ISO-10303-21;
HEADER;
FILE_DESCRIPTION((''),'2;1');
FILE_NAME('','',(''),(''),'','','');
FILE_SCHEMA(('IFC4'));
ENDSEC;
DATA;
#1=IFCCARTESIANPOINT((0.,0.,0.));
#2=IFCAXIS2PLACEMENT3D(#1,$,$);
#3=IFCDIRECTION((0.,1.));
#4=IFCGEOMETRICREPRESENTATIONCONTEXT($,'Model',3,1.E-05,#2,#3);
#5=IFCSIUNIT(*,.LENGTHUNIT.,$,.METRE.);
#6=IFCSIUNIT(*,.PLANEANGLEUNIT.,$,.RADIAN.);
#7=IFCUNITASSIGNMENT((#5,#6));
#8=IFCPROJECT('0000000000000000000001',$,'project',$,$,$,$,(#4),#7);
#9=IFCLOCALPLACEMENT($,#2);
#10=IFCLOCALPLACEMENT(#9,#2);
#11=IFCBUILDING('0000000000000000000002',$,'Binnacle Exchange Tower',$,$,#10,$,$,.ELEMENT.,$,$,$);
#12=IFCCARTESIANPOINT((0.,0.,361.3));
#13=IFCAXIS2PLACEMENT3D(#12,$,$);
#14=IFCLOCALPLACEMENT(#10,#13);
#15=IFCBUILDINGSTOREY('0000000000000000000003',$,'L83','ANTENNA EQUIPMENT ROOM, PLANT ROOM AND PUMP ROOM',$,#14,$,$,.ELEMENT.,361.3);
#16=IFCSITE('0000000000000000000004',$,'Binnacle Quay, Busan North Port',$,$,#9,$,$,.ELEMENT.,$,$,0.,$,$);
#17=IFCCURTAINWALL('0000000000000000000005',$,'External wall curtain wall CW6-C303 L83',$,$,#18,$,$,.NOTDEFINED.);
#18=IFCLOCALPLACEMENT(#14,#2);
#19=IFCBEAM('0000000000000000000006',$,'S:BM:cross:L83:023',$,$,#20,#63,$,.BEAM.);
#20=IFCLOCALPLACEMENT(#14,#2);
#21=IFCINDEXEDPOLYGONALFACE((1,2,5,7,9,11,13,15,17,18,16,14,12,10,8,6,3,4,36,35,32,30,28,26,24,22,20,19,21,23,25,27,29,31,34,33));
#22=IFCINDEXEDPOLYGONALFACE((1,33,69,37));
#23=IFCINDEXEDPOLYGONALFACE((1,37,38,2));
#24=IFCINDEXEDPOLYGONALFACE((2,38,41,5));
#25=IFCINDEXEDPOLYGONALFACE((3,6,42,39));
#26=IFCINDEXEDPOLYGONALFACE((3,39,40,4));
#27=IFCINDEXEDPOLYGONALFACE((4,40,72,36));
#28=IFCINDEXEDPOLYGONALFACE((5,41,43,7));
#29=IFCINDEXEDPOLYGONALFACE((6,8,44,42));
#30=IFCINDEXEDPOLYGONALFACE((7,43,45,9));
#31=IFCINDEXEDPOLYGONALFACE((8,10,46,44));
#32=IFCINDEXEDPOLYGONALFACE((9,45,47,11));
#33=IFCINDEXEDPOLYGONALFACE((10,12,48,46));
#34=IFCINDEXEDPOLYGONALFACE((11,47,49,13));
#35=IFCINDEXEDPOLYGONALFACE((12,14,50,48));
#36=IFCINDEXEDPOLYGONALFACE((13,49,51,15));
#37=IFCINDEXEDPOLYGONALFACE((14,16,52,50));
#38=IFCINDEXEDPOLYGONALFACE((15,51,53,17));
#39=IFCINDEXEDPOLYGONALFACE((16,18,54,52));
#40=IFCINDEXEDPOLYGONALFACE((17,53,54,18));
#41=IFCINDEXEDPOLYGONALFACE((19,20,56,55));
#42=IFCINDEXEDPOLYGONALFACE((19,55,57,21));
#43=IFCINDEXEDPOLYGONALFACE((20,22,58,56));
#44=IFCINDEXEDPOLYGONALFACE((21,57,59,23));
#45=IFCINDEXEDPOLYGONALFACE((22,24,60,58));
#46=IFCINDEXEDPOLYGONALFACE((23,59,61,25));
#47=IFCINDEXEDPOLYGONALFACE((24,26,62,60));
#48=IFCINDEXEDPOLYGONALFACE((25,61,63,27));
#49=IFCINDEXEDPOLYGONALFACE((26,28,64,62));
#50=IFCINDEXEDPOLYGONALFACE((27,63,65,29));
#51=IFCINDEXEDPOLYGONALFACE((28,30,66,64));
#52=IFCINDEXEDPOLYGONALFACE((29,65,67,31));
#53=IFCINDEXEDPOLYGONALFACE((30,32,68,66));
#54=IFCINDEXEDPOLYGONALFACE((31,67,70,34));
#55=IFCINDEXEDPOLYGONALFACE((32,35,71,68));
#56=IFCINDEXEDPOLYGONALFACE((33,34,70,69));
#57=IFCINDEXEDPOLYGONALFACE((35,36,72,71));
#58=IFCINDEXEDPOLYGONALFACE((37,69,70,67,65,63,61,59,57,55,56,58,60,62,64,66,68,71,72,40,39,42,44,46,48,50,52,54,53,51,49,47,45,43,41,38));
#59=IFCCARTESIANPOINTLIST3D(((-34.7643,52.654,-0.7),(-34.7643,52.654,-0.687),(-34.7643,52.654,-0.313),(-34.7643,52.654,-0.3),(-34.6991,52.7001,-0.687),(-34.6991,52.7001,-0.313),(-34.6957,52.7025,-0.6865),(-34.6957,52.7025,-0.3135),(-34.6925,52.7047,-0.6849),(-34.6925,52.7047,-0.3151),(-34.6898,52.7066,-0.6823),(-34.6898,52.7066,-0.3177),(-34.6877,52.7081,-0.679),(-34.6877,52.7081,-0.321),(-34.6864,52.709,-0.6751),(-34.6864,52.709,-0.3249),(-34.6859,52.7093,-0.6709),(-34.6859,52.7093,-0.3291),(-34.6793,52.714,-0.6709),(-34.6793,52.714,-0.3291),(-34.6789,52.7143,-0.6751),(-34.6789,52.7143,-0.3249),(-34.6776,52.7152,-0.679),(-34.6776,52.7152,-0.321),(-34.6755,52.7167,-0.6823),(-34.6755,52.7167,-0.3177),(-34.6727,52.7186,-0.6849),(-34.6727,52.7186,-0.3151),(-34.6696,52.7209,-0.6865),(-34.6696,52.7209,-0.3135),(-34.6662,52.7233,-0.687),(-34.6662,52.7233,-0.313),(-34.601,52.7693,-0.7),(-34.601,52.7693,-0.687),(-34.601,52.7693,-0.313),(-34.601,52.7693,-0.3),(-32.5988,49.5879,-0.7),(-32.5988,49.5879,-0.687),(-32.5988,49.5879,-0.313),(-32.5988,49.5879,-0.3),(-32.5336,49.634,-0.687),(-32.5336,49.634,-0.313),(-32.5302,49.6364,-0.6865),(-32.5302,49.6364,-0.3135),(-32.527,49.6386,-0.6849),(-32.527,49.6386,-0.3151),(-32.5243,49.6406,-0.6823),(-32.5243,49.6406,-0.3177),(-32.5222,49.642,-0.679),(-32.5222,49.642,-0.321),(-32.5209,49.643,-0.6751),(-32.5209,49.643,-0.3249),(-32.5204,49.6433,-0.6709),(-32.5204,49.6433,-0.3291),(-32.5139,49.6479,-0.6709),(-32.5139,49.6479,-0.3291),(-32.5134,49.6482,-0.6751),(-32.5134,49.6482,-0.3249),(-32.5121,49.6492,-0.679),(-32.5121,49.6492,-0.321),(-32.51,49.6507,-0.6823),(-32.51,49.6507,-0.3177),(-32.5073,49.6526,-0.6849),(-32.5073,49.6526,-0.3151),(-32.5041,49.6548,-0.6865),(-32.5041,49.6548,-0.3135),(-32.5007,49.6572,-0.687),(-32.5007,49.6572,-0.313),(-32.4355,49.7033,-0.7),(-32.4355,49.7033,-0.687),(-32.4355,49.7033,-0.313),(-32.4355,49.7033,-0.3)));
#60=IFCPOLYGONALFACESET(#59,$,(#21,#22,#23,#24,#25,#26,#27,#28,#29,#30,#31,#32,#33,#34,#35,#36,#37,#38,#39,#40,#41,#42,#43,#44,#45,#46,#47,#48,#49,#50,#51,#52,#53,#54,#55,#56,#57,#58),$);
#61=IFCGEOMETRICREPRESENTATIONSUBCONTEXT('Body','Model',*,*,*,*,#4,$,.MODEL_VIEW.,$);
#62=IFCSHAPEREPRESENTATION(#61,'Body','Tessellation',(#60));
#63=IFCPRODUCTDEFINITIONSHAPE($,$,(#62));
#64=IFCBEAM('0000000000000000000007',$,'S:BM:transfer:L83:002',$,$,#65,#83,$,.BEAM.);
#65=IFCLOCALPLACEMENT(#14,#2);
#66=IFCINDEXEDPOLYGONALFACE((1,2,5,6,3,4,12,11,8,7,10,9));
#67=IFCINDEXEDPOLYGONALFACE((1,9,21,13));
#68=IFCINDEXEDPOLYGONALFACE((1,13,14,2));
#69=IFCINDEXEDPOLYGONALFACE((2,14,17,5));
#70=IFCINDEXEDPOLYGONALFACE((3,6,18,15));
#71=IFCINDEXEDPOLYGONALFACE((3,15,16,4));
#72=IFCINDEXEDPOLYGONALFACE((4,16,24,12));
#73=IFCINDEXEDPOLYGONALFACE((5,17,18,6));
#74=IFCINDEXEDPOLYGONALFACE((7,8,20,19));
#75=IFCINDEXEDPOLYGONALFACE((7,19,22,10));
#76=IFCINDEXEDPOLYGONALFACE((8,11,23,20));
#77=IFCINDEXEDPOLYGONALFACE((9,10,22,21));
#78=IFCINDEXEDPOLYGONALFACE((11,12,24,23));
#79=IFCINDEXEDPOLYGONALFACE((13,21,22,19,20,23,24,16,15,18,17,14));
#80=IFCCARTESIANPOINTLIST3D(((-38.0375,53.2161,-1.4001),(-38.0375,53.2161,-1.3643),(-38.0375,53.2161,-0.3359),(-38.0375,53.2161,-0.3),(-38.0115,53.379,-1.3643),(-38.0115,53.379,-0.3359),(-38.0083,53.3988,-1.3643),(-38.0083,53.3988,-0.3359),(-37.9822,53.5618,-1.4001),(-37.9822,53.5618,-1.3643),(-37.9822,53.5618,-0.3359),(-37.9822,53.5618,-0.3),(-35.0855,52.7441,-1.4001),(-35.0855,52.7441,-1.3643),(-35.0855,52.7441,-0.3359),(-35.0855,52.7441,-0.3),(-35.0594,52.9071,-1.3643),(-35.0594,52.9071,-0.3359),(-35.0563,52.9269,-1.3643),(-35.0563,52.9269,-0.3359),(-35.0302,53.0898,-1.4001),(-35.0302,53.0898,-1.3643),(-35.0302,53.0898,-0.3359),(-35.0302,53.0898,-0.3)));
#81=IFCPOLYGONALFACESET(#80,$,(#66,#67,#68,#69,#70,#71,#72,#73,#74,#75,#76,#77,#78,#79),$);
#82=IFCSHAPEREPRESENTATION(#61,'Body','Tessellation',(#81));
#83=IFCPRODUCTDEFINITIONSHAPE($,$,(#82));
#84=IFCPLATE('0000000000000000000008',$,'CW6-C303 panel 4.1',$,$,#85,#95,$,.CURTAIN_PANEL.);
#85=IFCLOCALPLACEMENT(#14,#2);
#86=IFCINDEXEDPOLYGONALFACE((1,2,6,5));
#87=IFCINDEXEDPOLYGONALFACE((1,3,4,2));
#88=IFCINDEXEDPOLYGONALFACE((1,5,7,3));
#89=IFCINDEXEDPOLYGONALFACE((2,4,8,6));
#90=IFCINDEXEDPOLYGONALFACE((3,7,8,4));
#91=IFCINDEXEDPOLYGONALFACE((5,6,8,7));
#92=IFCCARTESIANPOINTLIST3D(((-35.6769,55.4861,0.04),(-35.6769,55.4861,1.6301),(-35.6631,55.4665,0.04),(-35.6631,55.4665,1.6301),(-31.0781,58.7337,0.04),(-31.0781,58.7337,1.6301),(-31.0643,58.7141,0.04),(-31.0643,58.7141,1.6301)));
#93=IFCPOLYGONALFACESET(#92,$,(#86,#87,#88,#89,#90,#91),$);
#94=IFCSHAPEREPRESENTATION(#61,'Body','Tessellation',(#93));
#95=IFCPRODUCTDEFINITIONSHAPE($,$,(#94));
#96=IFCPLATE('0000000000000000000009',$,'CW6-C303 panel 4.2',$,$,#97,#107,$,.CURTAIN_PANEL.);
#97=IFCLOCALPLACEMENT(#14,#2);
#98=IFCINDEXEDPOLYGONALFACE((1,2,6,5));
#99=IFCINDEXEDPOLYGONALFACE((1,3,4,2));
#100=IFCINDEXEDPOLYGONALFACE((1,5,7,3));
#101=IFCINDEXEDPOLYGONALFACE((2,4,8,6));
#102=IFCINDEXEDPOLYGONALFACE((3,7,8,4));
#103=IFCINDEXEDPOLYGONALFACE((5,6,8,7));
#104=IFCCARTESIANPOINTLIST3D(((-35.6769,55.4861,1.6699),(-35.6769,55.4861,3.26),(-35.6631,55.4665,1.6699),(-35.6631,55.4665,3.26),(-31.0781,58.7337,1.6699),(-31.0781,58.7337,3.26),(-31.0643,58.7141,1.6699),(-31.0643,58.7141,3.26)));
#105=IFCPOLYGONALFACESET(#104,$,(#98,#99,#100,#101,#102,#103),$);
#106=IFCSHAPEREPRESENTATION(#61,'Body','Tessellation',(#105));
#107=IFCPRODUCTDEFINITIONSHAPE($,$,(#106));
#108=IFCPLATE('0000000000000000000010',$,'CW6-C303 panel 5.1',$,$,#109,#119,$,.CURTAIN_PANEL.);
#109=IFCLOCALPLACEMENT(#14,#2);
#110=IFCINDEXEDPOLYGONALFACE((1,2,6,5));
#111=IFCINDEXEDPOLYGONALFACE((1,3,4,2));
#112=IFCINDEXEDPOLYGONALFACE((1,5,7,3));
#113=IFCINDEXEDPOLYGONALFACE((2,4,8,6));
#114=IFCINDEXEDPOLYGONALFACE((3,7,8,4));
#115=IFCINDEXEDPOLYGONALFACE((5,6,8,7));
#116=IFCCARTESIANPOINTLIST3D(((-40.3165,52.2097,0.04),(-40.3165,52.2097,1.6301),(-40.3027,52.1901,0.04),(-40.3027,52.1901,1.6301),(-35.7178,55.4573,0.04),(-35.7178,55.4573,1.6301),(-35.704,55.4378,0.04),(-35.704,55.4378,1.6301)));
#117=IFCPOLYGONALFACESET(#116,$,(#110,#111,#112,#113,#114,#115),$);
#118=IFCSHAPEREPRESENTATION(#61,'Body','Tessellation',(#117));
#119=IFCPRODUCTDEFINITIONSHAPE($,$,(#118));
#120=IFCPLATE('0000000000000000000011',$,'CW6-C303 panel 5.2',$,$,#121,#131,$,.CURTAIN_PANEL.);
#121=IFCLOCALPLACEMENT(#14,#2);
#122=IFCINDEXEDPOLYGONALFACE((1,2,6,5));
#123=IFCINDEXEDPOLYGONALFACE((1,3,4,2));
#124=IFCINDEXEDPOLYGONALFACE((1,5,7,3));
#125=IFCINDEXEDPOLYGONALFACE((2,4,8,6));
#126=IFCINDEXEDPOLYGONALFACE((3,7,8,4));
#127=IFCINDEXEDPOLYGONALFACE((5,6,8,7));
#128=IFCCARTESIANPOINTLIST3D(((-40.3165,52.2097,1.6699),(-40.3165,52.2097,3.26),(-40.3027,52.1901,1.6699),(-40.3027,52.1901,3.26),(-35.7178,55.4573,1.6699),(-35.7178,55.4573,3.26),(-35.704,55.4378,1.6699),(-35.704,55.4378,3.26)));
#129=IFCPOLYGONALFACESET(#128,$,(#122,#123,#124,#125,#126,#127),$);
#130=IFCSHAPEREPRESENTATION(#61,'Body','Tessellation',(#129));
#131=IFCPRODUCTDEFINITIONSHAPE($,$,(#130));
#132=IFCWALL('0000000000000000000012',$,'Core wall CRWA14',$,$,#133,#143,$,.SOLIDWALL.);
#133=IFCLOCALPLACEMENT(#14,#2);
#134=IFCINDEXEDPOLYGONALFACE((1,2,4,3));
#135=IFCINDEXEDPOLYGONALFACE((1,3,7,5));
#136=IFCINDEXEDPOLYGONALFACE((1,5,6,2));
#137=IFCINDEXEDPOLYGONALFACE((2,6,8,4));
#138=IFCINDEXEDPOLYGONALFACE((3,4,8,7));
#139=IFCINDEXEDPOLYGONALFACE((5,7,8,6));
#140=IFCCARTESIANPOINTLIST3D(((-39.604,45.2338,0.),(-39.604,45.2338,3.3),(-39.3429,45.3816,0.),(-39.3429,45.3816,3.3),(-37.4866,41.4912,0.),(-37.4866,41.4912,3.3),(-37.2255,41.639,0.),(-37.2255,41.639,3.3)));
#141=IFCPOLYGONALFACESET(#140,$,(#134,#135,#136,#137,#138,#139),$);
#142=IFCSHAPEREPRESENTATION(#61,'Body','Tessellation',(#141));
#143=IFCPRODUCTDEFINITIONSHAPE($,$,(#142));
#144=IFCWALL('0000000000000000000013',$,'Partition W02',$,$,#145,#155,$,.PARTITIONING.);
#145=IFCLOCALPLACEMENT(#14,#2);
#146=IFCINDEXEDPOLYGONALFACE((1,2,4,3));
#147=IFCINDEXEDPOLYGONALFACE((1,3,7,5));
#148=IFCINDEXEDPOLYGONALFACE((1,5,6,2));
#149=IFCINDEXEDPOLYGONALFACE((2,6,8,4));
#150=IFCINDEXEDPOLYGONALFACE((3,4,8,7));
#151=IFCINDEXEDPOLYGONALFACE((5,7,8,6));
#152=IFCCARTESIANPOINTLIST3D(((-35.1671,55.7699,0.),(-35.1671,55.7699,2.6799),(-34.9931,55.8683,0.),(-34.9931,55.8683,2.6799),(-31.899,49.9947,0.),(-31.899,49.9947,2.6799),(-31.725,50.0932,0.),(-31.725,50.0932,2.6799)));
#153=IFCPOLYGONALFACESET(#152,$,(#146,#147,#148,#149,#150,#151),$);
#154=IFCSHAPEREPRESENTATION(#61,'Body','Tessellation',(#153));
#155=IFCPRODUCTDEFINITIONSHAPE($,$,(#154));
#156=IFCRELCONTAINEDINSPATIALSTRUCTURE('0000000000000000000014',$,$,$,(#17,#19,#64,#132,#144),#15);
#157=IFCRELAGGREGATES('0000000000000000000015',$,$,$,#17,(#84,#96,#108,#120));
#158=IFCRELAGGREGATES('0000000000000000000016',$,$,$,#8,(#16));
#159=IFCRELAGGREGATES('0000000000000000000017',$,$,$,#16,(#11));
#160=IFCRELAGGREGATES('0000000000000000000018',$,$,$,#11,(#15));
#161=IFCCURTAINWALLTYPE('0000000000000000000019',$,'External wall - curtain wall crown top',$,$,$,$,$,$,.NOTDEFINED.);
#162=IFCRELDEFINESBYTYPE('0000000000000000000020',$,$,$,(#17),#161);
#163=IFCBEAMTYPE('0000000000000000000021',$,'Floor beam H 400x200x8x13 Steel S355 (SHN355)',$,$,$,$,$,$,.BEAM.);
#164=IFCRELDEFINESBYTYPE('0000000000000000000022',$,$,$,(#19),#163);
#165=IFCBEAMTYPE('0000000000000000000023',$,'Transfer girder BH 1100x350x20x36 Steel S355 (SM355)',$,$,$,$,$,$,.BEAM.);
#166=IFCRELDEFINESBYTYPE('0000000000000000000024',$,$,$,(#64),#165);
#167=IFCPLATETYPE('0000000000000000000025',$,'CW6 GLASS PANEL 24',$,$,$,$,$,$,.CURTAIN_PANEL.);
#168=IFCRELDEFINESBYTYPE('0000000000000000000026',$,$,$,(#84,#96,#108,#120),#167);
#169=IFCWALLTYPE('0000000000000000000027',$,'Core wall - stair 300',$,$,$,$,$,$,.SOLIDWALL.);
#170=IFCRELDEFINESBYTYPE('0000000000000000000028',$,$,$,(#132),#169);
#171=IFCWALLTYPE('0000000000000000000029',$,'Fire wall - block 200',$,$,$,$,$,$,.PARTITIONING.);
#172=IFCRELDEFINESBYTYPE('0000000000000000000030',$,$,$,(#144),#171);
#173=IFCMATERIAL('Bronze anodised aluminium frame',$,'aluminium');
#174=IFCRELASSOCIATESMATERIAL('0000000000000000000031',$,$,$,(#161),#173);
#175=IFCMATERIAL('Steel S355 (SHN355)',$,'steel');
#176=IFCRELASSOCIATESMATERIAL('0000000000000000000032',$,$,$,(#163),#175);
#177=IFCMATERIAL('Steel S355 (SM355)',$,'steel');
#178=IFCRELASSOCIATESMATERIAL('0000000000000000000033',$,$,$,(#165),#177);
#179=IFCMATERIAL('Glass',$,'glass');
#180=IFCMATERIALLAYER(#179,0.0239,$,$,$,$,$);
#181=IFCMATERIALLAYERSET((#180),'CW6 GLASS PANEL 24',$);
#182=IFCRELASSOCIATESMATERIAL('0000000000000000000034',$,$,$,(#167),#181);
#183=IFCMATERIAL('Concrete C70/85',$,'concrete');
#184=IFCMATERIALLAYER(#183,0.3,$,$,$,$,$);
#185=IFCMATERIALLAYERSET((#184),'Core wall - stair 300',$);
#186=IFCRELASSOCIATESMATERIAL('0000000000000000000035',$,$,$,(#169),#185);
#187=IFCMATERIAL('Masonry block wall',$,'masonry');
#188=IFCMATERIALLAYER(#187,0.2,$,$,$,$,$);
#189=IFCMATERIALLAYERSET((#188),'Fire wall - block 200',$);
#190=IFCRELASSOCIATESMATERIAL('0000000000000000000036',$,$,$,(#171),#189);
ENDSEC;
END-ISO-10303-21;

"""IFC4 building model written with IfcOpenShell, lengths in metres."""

from ifc_helpers import new_model, si_unit, direction, frame, frame_2d, origin, origin_2d, place, context, subcontext, project, spatial, rectangle, i_section, extrude, material, layer, layer_set, material_profile, profile_set, type_object, element, aggregate, save


model = new_model("IFC4")

# Units and contexts
model_context = context("Model", 3, precision=1e-05, world=origin(), true_north=direction((0.0, 1.0)))
body_context = subcontext(model_context, "Body", "Model", "MODEL_VIEW")
ifc_project = project(units=[si_unit("LENGTHUNIT", "METRE"), si_unit("PLANEANGLEUNIT", "RADIAN")], contexts=[model_context])

# Site, building, storey
site_placement = place(None, origin())
site = spatial("IfcSite", under=ifc_project, at=site_placement, Name="Binnacle Quay, Busan North Port", CompositionType="ELEMENT", RefElevation=0.0)
building_placement = place(site_placement, origin())
building = spatial("IfcBuilding", under=site, at=building_placement, Name="Binnacle Exchange Tower", CompositionType="ELEMENT")
storey_placement = place(building_placement, frame((0.0, 0.0, 361.3)))
storey = spatial("IfcBuildingStorey", under=building, at=storey_placement, Name="L83", Description="ANTENNA EQUIPMENT ROOM, PLANT ROOM AND PUMP ROOM", CompositionType="ELEMENT", Elevation=361.3)

# Shared definitions
ifc_material_1 = material(Name="Steel S355 (SHN355)", Category="steel")

# Curtain wall
ifc_material_2 = material(Name="Bronze anodised aluminium frame", Category="aluminium")
curtain_wall_type = type_object("IfcCurtainWallType", Name="External wall - curtain wall crown top", PredefinedType="NOTDEFINED", material=ifc_material_2)
curtain_wall_placement = place(storey_placement, origin())
curtain_wall = element("IfcCurtainWall", 1, at=curtain_wall_placement, inside=storey, type_object=curtain_wall_type, Name="External wall curtain wall CW6-C303 L83", PredefinedType="NOTDEFINED")

# Beams
ifc_material_profile_1 = material_profile(ifc_material_1, i_section(OverallWidth=0.2, OverallDepth=0.3999, WebThickness=0.0081, FlangeThickness=0.0129, FilletRadius=0.0161, at=origin_2d()), Name="H 400x200x8x13")
ifc_profile_set_1 = profile_set([ifc_material_profile_1], Name="Steel S355 (SHN355)")
beam_type_1 = type_object("IfcBeamType", Name="Floor beam H 400x200x8x13 Steel S355 (SHN355)", PredefinedType="BEAM", material=ifc_profile_set_1)
beam_1_placement = place(storey_placement, frame((-34.6826, 52.7117, -0.5), z_axis=(0.576893, -0.81682, 0.0), x_axis=(0.81682, 0.576893, 0.0)))
element("IfcBeam", 2, at=beam_1_placement, inside=storey, type_object=beam_type_1, Name="S:BM:cross:L83:023", PredefinedType="BEAM", context=body_context, shape_type="SweptSolid", body=[
    extrude(i_section(OverallWidth=0.2, OverallDepth=0.3999, WebThickness=0.0081, FlangeThickness=0.0129, FilletRadius=0.0161, at=origin_2d()), origin(), (0.0, 0.0, 1.0), 3.7537),
])
ifc_material_3 = material(Name="Steel S355 (SM355)", Category="steel")
ifc_material_profile_2 = material_profile(ifc_material_3, i_section(OverallWidth=0.3501, OverallDepth=1.1001, WebThickness=0.02, FlangeThickness=0.0359, at=origin_2d()), Name="BH 1100x350x20x36")
ifc_profile_set_2 = profile_set([ifc_material_profile_2], Name="Steel S355 (SM355)")
beam_type_2 = type_object("IfcBeamType", Name="Transfer girder BH 1100x350x20x36 Steel S355 (SM355)", PredefinedType="BEAM", material=ifc_profile_set_2)
beam_2_placement = place(storey_placement, frame((-35.0579, 52.917, -0.8501), z_axis=(-0.98746, 0.157866, 0.0), x_axis=(-0.157866, -0.98746, 0.0)))
element("IfcBeam", 3, at=beam_2_placement, inside=storey, type_object=beam_type_2, Name="S:BM:transfer:L83:002", PredefinedType="BEAM", context=body_context, shape_type="SweptSolid", body=[
    extrude(i_section(OverallWidth=0.3501, OverallDepth=1.1001, WebThickness=0.02, FlangeThickness=0.0359, at=origin_2d()), origin(), (0.0, 0.0, 1.0), 2.9895),
])

# Plates
ifc_material_4 = material(Name="Glass", Category="glass")
ifc_layer_1 = layer(ifc_material_4, 0.0239)
ifc_layer_set_1 = layer_set([ifc_layer_1], Name="CW6 GLASS PANEL 24")
plate_type = type_object("IfcPlateType", Name="CW6 GLASS PANEL 24", PredefinedType="CURTAIN_PANEL", material=ifc_layer_set_1)
plate_1_placement = place(storey_placement, frame((-33.3706, 57.1001, 0.04), z_axis=(0.0, 0.0, 1.0), x_axis=(-0.816847, -0.576854, 0.0)))
plate_1 = element("IfcPlate", 4, at=plate_1_placement, type_object=plate_type, Name="CW6-C303 panel 4.1", PredefinedType="CURTAIN_PANEL", context=body_context, shape_type="SweptSolid", body=[
    extrude(rectangle(XDim=5.6299, YDim=0.0239, at=origin_2d()), origin(), (0.0, 0.0, 1.0), 1.5901),
])
plate_2_placement = place(storey_placement, frame((-33.3706, 57.1001, 1.6699), z_axis=(0.0, 0.0, 1.0), x_axis=(-0.816847, -0.576854, 0.0)))
plate_2 = element("IfcPlate", 5, at=plate_2_placement, type_object=plate_type, Name="CW6-C303 panel 4.2", PredefinedType="CURTAIN_PANEL", context=body_context, shape_type="SweptSolid", body=[
    extrude(rectangle(XDim=5.6299, YDim=0.0239, at=origin_2d()), origin(), (0.0, 0.0, 1.0), 1.5901),
])
plate_3_placement = place(storey_placement, frame((-38.0103, 53.8237, 0.04), z_axis=(0.0, 0.0, 1.0), x_axis=(-0.816847, -0.576854, 0.0)))
plate_3 = element("IfcPlate", 6, at=plate_3_placement, type_object=plate_type, Name="CW6-C303 panel 5.1", PredefinedType="CURTAIN_PANEL", context=body_context, shape_type="SweptSolid", body=[
    extrude(rectangle(XDim=5.6299, YDim=0.0239, at=origin_2d()), origin(), (0.0, 0.0, 1.0), 1.5901),
])
plate_4_placement = place(storey_placement, frame((-38.0103, 53.8237, 1.6699), z_axis=(0.0, 0.0, 1.0), x_axis=(-0.816847, -0.576854, 0.0)))
plate_4 = element("IfcPlate", 7, at=plate_4_placement, type_object=plate_type, Name="CW6-C303 panel 5.2", PredefinedType="CURTAIN_PANEL", context=body_context, shape_type="SweptSolid", body=[
    extrude(rectangle(XDim=5.6299, YDim=0.0239, at=origin_2d()), origin(), (0.0, 0.0, 1.0), 1.5901),
])
aggregate(curtain_wall, [plate_1, plate_2, plate_3, plate_4])

# Walls
ifc_material_5 = material(Name="Concrete C70/85", Category="concrete")
ifc_layer_2 = layer(ifc_material_5, 0.3)
ifc_layer_set_2 = layer_set([ifc_layer_2], Name="Core wall - stair 300")
wall_type_1 = type_object("IfcWallType", Name="Core wall - stair 300", PredefinedType="SOLIDWALL", material=ifc_layer_set_2)
wall_1_placement = place(storey_placement, frame((-39.4734, 45.3076, 0.0), z_axis=(0.0, 0.0, 1.0), x_axis=(0.492411, -0.870363, 0.0)))
element("IfcWall", 8, at=wall_1_placement, inside=storey, type_object=wall_type_1, Name="Core wall CRWA14", PredefinedType="SOLIDWALL", context=body_context, shape_type="SweptSolid", body=[
    extrude(rectangle(XDim=4.3, YDim=0.3, at=frame_2d((2.1499, 0.0))), origin(), (0.0, 0.0, 1.0), 3.3),
])
ifc_material_6 = material(Name="Masonry block wall", Category="masonry")
ifc_layer_3 = layer(ifc_material_6, 0.2)
ifc_layer_set_3 = layer_set([ifc_layer_3], Name="Fire wall - block 200")
wall_type_2 = type_object("IfcWallType", Name="Fire wall - block 200", PredefinedType="PARTITIONING", material=ifc_layer_set_3)
wall_2_placement = place(storey_placement, frame((-35.0801, 55.8191, 0.0), z_axis=(0.0, 0.0, 1.0), x_axis=(0.492497, -0.870314, 0.0)))
element("IfcWall", 9, at=wall_2_placement, inside=storey, type_object=wall_type_2, Name="Partition W02", PredefinedType="PARTITIONING", context=body_context, shape_type="SweptSolid", body=[
    extrude(rectangle(XDim=6.6357, YDim=0.2, at=frame_2d((3.3179, 0.0))), origin(), (0.0, 0.0, 1.0), 2.6799),
])

save(model, "model.ifc")
